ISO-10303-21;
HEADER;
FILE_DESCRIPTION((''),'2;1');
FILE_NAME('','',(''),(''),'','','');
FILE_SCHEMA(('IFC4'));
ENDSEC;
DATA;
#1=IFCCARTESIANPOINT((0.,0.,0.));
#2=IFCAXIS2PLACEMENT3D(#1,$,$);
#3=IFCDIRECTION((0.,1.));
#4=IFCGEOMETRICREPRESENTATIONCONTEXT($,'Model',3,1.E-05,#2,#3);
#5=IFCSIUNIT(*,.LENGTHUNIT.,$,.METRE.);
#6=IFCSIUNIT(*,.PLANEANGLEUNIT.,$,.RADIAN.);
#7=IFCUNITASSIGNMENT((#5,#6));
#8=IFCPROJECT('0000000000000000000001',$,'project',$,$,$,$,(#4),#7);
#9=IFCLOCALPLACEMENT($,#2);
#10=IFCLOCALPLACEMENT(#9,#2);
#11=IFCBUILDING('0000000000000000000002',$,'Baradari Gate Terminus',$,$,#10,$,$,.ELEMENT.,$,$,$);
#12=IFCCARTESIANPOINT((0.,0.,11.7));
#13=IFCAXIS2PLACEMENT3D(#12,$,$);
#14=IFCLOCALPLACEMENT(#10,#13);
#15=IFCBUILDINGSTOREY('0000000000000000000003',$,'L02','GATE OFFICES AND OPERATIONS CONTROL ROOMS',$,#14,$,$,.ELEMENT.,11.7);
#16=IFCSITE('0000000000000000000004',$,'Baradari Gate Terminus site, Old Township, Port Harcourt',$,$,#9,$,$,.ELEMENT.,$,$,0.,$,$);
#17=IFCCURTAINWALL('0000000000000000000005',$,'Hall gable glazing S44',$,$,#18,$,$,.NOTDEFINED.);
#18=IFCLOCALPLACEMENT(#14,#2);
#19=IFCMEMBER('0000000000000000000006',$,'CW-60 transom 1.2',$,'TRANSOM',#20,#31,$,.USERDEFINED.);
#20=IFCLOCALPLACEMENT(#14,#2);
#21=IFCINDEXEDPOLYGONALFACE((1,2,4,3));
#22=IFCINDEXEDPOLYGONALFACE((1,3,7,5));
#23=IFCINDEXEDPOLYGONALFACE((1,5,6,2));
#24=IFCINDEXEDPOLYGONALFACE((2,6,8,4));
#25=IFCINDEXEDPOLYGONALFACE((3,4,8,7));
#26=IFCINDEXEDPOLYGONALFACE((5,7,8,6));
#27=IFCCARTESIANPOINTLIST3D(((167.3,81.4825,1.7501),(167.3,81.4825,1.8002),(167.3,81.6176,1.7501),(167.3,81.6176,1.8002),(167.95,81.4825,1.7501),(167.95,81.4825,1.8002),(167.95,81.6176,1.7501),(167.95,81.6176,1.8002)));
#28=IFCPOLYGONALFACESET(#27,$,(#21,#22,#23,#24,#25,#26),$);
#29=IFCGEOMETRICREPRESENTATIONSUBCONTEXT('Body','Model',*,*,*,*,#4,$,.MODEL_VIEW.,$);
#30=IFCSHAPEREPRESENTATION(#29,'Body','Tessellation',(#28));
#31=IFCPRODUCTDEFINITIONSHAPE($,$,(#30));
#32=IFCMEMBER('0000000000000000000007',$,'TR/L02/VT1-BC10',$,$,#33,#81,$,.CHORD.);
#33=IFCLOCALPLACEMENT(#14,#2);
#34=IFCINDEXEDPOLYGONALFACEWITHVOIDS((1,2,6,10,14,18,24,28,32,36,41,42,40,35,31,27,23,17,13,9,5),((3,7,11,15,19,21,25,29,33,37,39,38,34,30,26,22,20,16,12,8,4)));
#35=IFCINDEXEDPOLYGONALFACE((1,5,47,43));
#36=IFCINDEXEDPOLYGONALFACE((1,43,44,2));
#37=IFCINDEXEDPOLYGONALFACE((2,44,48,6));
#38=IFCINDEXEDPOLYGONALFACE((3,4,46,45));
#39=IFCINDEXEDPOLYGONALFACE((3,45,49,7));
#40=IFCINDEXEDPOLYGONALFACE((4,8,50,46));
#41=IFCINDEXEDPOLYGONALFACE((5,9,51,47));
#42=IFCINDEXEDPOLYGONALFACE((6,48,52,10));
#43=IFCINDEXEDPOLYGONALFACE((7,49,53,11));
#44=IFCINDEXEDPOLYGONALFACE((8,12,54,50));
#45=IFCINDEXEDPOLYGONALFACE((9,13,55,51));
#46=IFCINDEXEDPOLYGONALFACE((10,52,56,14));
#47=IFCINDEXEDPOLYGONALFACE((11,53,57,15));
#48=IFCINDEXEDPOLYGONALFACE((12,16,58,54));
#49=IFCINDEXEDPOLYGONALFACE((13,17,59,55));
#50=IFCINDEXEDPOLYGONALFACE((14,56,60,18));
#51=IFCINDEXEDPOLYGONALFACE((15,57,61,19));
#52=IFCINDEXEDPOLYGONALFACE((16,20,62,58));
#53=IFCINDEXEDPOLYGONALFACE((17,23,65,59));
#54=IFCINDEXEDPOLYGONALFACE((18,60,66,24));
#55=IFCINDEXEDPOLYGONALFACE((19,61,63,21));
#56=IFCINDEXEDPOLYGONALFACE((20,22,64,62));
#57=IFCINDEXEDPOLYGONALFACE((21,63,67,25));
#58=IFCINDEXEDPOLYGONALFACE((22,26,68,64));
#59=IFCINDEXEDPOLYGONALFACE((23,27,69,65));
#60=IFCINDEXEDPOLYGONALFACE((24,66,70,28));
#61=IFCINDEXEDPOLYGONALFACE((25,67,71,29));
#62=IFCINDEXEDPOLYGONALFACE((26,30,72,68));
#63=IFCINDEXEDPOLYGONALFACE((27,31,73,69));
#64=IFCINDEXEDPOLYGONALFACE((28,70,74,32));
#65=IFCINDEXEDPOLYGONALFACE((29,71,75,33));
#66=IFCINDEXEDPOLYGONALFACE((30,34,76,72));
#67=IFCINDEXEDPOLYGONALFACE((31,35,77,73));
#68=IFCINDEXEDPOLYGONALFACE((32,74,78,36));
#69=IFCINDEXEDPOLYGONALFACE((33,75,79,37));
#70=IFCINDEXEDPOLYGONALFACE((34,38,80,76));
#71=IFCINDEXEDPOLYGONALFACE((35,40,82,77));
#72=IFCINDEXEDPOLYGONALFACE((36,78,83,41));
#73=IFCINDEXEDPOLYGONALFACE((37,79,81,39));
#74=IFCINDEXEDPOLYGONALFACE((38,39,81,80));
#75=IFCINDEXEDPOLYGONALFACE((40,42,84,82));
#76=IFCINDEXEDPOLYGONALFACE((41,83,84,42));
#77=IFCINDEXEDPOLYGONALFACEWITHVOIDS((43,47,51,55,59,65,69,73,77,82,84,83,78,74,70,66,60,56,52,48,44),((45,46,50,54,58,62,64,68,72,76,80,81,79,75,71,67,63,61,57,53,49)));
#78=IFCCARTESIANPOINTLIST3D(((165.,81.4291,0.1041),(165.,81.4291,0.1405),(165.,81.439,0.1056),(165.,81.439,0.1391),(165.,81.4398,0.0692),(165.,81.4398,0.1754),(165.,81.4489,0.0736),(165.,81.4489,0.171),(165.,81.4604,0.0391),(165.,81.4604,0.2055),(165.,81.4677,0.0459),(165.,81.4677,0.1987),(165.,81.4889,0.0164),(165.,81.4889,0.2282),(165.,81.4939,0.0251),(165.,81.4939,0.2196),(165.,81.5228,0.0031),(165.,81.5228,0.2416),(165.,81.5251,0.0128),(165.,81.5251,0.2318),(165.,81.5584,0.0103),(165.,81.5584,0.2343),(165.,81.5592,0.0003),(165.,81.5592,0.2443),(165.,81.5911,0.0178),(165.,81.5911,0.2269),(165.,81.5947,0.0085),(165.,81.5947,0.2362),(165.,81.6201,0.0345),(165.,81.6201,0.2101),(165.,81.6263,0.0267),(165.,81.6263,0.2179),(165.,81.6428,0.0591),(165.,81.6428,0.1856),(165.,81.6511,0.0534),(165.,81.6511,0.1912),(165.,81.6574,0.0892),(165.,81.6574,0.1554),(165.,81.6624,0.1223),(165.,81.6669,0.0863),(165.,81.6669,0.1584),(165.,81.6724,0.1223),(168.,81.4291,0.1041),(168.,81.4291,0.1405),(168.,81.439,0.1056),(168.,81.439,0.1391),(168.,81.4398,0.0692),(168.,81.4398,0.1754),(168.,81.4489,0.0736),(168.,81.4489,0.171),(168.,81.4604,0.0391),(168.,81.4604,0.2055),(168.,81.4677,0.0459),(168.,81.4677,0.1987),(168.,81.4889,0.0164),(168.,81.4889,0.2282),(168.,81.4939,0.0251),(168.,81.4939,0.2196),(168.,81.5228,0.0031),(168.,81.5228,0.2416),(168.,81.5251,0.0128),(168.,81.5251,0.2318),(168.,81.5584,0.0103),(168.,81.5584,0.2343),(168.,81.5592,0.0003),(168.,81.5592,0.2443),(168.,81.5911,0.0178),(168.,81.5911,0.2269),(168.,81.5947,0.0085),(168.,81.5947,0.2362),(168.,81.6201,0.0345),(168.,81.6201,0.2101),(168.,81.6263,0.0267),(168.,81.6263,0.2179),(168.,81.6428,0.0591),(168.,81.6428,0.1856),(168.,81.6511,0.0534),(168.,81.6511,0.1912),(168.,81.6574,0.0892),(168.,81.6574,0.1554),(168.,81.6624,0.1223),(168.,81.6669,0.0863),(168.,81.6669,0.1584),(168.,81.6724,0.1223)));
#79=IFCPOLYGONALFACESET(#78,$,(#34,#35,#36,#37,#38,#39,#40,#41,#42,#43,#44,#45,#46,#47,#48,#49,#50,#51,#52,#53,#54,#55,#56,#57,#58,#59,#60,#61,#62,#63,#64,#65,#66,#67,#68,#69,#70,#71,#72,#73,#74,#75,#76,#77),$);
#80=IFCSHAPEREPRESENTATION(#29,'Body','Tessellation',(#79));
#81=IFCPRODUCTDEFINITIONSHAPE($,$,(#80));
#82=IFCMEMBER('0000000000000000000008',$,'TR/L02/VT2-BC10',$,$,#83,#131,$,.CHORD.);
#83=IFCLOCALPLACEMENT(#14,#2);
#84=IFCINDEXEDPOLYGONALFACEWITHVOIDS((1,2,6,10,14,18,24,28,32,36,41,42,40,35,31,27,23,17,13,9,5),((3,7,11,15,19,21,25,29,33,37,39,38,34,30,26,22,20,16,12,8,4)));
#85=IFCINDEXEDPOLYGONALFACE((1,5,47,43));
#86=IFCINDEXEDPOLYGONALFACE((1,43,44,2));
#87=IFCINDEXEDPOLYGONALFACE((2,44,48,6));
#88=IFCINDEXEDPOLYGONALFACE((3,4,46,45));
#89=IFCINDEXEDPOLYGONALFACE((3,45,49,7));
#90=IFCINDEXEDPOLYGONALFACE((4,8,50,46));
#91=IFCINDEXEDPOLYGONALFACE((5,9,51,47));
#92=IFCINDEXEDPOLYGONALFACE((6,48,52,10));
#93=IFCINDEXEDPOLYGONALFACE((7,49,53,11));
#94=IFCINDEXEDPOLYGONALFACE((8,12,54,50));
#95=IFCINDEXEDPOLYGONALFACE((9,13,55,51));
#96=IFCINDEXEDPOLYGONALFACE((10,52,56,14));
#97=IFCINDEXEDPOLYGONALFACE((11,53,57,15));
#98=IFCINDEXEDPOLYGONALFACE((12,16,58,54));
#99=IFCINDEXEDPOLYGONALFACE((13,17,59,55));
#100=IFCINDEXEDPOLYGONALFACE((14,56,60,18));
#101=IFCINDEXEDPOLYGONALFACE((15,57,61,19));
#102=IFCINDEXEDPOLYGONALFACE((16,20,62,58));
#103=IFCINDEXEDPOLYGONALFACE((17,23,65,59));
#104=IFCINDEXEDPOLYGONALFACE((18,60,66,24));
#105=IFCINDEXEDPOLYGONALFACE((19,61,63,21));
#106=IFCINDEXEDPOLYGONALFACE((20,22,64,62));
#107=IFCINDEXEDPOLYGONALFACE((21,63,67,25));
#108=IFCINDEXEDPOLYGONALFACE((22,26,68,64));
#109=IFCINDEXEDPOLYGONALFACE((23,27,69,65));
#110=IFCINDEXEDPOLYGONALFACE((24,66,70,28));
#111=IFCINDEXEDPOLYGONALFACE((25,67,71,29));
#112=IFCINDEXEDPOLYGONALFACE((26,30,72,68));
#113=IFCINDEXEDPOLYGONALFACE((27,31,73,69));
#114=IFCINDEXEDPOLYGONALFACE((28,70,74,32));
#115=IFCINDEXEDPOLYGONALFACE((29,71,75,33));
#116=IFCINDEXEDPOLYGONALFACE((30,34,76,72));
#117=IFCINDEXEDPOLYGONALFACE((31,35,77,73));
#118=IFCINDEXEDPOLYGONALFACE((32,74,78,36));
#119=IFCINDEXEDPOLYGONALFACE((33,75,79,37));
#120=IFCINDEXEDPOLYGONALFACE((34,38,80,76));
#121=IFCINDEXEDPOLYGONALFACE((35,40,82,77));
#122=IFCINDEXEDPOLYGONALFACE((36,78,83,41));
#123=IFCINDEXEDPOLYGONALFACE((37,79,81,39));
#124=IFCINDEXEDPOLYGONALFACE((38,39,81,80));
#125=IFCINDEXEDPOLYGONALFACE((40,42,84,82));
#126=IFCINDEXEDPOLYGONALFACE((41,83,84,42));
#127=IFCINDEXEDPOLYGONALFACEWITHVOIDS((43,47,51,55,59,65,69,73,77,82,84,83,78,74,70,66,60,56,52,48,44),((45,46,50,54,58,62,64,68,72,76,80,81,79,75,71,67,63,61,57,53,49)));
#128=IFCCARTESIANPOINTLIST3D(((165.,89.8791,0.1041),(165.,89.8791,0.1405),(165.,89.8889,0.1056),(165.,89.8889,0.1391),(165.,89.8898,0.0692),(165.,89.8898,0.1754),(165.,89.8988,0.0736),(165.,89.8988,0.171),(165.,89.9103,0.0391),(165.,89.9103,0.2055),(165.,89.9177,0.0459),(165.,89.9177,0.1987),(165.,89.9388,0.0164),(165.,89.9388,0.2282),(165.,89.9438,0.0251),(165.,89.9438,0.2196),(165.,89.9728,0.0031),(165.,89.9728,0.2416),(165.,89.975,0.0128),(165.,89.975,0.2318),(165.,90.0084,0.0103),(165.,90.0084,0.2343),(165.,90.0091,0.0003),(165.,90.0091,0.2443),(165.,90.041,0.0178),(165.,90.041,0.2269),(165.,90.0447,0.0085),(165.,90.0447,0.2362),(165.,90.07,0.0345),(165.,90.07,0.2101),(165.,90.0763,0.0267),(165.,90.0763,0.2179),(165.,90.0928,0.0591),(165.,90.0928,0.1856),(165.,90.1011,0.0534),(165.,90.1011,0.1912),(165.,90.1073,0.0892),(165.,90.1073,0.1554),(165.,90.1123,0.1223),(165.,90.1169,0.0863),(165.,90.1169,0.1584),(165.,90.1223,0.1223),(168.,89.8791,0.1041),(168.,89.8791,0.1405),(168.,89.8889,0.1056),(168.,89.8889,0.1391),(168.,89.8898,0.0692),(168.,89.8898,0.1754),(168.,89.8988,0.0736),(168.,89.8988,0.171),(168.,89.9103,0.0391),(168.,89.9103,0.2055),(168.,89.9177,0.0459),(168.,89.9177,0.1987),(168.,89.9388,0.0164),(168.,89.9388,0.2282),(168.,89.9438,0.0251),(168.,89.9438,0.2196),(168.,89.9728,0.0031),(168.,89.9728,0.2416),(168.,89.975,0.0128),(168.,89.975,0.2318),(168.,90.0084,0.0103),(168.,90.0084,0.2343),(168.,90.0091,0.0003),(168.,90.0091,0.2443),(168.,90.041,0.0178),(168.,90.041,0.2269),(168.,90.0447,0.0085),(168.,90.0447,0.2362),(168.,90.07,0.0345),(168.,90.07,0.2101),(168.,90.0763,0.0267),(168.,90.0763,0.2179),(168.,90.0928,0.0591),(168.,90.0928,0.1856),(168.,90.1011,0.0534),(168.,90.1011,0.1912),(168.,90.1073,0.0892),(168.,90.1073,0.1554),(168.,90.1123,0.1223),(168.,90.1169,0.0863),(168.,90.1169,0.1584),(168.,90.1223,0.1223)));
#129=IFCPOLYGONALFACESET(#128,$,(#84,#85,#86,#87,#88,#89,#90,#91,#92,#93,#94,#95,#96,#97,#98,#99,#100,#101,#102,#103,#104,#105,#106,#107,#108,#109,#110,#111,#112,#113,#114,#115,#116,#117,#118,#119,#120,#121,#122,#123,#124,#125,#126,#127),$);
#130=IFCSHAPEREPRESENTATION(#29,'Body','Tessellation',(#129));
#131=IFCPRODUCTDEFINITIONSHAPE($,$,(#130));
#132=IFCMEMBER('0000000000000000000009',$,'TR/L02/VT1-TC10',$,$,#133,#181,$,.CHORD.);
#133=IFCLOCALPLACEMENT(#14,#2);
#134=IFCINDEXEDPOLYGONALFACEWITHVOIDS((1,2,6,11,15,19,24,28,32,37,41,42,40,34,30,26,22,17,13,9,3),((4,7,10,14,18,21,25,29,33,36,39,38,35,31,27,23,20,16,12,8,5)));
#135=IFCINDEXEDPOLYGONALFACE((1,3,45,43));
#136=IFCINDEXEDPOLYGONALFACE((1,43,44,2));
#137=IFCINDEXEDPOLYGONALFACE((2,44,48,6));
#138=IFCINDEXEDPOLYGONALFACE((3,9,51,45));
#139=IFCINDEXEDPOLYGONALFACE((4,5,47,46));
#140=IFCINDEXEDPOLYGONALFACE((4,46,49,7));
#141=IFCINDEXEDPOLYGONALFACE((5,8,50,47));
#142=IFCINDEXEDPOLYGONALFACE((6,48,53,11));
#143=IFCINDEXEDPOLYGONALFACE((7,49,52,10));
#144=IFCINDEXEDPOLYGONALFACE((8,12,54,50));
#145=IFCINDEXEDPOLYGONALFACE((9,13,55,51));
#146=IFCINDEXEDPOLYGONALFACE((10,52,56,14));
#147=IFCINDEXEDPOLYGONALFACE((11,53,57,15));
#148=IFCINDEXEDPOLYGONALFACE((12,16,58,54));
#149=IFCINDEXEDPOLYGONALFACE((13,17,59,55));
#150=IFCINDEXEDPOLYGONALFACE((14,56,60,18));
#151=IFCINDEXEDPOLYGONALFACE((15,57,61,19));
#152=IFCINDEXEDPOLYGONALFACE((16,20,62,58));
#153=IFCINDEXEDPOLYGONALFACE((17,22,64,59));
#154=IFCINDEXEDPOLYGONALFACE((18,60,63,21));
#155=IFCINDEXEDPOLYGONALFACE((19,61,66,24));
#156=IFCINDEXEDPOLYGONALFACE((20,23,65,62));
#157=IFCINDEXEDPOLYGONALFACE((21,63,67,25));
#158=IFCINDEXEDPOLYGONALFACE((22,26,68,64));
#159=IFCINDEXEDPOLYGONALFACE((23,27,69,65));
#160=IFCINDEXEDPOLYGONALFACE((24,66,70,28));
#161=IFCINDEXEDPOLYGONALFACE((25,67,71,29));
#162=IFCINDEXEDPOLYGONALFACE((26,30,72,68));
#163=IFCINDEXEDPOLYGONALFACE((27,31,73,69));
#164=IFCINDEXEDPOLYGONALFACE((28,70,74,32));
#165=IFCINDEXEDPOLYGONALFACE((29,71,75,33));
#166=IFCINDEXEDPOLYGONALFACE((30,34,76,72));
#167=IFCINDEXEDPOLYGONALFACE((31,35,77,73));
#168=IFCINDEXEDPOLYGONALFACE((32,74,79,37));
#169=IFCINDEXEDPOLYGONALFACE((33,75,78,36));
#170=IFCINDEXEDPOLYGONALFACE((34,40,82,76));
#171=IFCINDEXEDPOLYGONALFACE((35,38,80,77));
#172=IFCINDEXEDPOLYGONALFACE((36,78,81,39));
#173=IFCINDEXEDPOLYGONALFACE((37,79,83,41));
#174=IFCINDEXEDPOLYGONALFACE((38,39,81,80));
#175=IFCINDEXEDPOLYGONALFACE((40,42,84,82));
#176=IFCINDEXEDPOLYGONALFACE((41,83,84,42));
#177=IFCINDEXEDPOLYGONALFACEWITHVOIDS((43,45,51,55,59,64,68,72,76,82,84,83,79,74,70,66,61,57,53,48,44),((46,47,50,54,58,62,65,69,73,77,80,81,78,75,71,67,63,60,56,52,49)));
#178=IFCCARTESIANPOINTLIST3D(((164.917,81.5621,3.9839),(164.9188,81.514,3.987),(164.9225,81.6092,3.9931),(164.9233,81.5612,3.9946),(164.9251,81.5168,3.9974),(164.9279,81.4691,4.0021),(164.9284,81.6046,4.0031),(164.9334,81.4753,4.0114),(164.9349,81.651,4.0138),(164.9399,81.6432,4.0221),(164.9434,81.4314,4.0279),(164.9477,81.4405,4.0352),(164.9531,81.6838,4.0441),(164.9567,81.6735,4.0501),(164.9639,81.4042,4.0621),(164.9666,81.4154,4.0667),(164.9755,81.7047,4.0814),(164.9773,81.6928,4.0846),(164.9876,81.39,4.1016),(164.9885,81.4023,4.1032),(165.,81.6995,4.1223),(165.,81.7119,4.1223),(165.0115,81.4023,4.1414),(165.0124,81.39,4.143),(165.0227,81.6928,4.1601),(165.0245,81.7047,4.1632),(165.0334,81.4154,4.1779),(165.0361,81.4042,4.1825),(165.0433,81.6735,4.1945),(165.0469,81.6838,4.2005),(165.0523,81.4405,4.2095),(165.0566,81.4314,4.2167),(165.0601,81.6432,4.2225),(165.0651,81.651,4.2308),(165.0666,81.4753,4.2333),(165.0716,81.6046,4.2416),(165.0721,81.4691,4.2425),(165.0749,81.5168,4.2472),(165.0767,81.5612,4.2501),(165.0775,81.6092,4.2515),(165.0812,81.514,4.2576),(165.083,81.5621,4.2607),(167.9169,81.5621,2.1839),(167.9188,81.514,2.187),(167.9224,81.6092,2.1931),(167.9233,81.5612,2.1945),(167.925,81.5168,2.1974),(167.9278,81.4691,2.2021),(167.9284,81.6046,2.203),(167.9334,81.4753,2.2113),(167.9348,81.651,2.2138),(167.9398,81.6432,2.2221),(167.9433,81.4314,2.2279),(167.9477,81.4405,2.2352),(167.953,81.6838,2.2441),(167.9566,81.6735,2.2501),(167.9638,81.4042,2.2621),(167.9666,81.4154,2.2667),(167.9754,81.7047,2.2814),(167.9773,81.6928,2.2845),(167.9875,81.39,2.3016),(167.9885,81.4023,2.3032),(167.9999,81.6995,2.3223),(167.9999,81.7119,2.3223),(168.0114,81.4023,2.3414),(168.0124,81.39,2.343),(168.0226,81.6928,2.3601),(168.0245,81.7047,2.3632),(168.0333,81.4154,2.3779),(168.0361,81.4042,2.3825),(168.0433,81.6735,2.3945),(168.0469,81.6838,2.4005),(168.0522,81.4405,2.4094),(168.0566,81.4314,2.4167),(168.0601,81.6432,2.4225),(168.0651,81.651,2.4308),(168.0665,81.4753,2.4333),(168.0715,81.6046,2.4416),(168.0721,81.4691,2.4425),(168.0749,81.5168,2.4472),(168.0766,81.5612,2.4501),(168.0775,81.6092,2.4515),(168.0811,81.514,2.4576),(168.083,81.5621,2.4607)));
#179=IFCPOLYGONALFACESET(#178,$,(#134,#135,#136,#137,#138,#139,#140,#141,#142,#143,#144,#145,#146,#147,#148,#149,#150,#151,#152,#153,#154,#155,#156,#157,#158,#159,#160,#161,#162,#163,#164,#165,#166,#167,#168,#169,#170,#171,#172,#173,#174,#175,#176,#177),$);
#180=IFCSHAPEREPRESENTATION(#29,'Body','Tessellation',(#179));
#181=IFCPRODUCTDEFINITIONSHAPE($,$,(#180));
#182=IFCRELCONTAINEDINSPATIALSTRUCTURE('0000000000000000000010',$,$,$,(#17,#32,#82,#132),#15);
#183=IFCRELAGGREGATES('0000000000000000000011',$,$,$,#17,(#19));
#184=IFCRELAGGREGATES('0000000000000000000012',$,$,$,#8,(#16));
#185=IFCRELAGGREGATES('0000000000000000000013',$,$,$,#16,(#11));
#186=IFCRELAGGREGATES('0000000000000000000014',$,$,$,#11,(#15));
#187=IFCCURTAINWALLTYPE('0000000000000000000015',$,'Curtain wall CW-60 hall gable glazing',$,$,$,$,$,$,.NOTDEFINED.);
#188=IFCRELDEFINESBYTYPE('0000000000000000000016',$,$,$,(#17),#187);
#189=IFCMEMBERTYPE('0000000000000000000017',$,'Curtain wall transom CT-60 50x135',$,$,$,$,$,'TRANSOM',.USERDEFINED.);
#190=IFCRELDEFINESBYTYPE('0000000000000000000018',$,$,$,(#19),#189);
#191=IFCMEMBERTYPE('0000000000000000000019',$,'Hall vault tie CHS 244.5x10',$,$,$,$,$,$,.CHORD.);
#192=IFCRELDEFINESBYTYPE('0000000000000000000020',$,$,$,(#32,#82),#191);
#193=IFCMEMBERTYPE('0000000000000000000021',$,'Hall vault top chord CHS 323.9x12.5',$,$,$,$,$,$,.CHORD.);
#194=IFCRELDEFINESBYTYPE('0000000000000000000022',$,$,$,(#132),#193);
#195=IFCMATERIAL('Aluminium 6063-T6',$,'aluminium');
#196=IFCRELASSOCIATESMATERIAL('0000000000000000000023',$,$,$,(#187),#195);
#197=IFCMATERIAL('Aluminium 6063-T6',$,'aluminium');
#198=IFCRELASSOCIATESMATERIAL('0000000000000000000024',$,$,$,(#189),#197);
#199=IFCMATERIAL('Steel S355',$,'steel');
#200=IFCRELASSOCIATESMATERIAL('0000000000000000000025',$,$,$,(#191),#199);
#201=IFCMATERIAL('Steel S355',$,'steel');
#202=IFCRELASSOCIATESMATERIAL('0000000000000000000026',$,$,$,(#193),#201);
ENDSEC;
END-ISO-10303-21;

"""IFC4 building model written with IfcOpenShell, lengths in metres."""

from ifc_helpers import new_model, si_unit, direction, frame, origin, origin_2d, place, context, subcontext, project, spatial, rectangle, hollow_circle, extrude, material, material_profile, profile_set, type_object, element, aggregate, save


model = new_model("IFC4")

# Units and contexts
model_context = context("Model", 3, precision=1e-05, world=origin(), true_north=direction((0.0, 1.0)))
body_context = subcontext(model_context, "Body", "Model", "MODEL_VIEW")
ifc_project = project(units=[si_unit("LENGTHUNIT", "METRE"), si_unit("PLANEANGLEUNIT", "RADIAN")], contexts=[model_context])

# Site, building, storey
site_placement = place(None, origin())
site = spatial("IfcSite", under=ifc_project, at=site_placement, Name="Baradari Gate Terminus site, Old Township, Port Harcourt", CompositionType="ELEMENT", RefElevation=0.0)
building_placement = place(site_placement, origin())
building = spatial("IfcBuilding", under=site, at=building_placement, Name="Baradari Gate Terminus", CompositionType="ELEMENT")
storey_placement = place(building_placement, frame((0.0, 0.0, 11.7)))
storey = spatial("IfcBuildingStorey", under=building, at=storey_placement, Name="L02", Description="GATE OFFICES AND OPERATIONS CONTROL ROOMS", CompositionType="ELEMENT", Elevation=11.7)

# Shared definitions
ifc_material_1 = material(Name="Aluminium 6063-T6", Category="aluminium")
curtain_wall_type = type_object("IfcCurtainWallType", Name="Curtain wall CW-60 hall gable glazing", PredefinedType="NOTDEFINED", material=ifc_material_1)

# Curtain wall
curtain_wall_1_placement = place(storey_placement, origin())
curtain_wall_1 = element("IfcCurtainWall", 1, at=curtain_wall_1_placement, inside=storey, type_object=curtain_wall_type, Name="Hall gable glazing S44", PredefinedType="NOTDEFINED")

# Member
ifc_material_2 = material(Name="Aluminium 6063-T6", Category="aluminium")
ifc_material_profile_1 = material_profile(ifc_material_2, rectangle(XDim=0.135, YDim=0.05, at=origin_2d()), Name="CT-60 50X135")
ifc_profile_set_1 = profile_set([ifc_material_profile_1], Name="Aluminium 6063-T6")
member_type_1 = type_object("IfcMemberType", Name="Curtain wall transom CT-60 50x135", ElementType="TRANSOM", PredefinedType="USERDEFINED", material=ifc_profile_set_1)
member_1_placement = place(storey_placement, frame((167.3, 81.55, 1.7751), z_axis=(1.0, 0.0, 0.0), x_axis=(0.0, 1.0, 0.0)))
member_1 = element("IfcMember", 2, at=member_1_placement, type_object=member_type_1, Name="CW-60 transom 1.2", ObjectType="TRANSOM", PredefinedType="USERDEFINED", context=body_context, shape_type="SweptSolid", body=[
    extrude(rectangle(XDim=0.135, YDim=0.05, at=origin_2d()), origin(), (0.0, 0.0, 1.0), 0.6499),
])
aggregate(curtain_wall_1, [member_1])

# Members
ifc_material_3 = material(Name="Steel S355", Category="steel")
ifc_material_profile_2 = material_profile(ifc_material_3, hollow_circle(Radius=0.1223, WallThickness=0.01, at=origin_2d()), Name="CHS 244.5x10")
ifc_profile_set_2 = profile_set([ifc_material_profile_2], Name="Steel S355")
member_type_2 = type_object("IfcMemberType", Name="Hall vault tie CHS 244.5x10", PredefinedType="CHORD", material=ifc_profile_set_2)
for number, where, z_axis, x_axis, name in (
    (3, (165.0, 81.55, 0.1223), (1.0, 0.0, 0.0), (0.0, 1.0, 0.0), "TR/L02/VT1-BC10"),
    (4, (165.0, 90.0, 0.1223), (1.0, 0.0, 0.0), (0.0, 1.0, 0.0), "TR/L02/VT2-BC10"),
):
    element("IfcMember", number, at=place(storey_placement, frame(where, z_axis=z_axis, x_axis=x_axis)), inside=storey, type_object=member_type_2, Name=name, PredefinedType="CHORD", context=body_context, shape_type="SweptSolid", body=[
        extrude(hollow_circle(Radius=0.1223, WallThickness=0.01, at=origin_2d()), origin(), (0.0, 0.0, 1.0), 3.0),
    ])
ifc_material_4 = material(Name="Steel S355", Category="steel")
ifc_material_profile_3 = material_profile(ifc_material_4, hollow_circle(Radius=0.1619, WallThickness=0.0125, at=origin_2d()), Name="CHS 323.9x12.5")
ifc_profile_set_3 = profile_set([ifc_material_profile_3], Name="Steel S355")
member_type_3 = type_object("IfcMemberType", Name="Hall vault top chord CHS 323.9x12.5", PredefinedType="CHORD", material=ifc_profile_set_3)
for number, where, z_axis, x_axis, name in (
    (5, (165.0, 81.55, 4.1223), (0.857487, 0.0, -0.514506), (0.0, 1.0, 0.0), "TR/L02/VT1-TC10"),
):
    element("IfcMember", number, at=place(storey_placement, frame(where, z_axis=z_axis, x_axis=x_axis)), inside=storey, type_object=member_type_3, Name=name, PredefinedType="CHORD", context=body_context, shape_type="SweptSolid", body=[
        extrude(hollow_circle(Radius=0.1619, WallThickness=0.0125, at=origin_2d()), origin(), (0.0, 0.0, 1.0), 3.4985),
    ])

save(model, "model.ifc")
